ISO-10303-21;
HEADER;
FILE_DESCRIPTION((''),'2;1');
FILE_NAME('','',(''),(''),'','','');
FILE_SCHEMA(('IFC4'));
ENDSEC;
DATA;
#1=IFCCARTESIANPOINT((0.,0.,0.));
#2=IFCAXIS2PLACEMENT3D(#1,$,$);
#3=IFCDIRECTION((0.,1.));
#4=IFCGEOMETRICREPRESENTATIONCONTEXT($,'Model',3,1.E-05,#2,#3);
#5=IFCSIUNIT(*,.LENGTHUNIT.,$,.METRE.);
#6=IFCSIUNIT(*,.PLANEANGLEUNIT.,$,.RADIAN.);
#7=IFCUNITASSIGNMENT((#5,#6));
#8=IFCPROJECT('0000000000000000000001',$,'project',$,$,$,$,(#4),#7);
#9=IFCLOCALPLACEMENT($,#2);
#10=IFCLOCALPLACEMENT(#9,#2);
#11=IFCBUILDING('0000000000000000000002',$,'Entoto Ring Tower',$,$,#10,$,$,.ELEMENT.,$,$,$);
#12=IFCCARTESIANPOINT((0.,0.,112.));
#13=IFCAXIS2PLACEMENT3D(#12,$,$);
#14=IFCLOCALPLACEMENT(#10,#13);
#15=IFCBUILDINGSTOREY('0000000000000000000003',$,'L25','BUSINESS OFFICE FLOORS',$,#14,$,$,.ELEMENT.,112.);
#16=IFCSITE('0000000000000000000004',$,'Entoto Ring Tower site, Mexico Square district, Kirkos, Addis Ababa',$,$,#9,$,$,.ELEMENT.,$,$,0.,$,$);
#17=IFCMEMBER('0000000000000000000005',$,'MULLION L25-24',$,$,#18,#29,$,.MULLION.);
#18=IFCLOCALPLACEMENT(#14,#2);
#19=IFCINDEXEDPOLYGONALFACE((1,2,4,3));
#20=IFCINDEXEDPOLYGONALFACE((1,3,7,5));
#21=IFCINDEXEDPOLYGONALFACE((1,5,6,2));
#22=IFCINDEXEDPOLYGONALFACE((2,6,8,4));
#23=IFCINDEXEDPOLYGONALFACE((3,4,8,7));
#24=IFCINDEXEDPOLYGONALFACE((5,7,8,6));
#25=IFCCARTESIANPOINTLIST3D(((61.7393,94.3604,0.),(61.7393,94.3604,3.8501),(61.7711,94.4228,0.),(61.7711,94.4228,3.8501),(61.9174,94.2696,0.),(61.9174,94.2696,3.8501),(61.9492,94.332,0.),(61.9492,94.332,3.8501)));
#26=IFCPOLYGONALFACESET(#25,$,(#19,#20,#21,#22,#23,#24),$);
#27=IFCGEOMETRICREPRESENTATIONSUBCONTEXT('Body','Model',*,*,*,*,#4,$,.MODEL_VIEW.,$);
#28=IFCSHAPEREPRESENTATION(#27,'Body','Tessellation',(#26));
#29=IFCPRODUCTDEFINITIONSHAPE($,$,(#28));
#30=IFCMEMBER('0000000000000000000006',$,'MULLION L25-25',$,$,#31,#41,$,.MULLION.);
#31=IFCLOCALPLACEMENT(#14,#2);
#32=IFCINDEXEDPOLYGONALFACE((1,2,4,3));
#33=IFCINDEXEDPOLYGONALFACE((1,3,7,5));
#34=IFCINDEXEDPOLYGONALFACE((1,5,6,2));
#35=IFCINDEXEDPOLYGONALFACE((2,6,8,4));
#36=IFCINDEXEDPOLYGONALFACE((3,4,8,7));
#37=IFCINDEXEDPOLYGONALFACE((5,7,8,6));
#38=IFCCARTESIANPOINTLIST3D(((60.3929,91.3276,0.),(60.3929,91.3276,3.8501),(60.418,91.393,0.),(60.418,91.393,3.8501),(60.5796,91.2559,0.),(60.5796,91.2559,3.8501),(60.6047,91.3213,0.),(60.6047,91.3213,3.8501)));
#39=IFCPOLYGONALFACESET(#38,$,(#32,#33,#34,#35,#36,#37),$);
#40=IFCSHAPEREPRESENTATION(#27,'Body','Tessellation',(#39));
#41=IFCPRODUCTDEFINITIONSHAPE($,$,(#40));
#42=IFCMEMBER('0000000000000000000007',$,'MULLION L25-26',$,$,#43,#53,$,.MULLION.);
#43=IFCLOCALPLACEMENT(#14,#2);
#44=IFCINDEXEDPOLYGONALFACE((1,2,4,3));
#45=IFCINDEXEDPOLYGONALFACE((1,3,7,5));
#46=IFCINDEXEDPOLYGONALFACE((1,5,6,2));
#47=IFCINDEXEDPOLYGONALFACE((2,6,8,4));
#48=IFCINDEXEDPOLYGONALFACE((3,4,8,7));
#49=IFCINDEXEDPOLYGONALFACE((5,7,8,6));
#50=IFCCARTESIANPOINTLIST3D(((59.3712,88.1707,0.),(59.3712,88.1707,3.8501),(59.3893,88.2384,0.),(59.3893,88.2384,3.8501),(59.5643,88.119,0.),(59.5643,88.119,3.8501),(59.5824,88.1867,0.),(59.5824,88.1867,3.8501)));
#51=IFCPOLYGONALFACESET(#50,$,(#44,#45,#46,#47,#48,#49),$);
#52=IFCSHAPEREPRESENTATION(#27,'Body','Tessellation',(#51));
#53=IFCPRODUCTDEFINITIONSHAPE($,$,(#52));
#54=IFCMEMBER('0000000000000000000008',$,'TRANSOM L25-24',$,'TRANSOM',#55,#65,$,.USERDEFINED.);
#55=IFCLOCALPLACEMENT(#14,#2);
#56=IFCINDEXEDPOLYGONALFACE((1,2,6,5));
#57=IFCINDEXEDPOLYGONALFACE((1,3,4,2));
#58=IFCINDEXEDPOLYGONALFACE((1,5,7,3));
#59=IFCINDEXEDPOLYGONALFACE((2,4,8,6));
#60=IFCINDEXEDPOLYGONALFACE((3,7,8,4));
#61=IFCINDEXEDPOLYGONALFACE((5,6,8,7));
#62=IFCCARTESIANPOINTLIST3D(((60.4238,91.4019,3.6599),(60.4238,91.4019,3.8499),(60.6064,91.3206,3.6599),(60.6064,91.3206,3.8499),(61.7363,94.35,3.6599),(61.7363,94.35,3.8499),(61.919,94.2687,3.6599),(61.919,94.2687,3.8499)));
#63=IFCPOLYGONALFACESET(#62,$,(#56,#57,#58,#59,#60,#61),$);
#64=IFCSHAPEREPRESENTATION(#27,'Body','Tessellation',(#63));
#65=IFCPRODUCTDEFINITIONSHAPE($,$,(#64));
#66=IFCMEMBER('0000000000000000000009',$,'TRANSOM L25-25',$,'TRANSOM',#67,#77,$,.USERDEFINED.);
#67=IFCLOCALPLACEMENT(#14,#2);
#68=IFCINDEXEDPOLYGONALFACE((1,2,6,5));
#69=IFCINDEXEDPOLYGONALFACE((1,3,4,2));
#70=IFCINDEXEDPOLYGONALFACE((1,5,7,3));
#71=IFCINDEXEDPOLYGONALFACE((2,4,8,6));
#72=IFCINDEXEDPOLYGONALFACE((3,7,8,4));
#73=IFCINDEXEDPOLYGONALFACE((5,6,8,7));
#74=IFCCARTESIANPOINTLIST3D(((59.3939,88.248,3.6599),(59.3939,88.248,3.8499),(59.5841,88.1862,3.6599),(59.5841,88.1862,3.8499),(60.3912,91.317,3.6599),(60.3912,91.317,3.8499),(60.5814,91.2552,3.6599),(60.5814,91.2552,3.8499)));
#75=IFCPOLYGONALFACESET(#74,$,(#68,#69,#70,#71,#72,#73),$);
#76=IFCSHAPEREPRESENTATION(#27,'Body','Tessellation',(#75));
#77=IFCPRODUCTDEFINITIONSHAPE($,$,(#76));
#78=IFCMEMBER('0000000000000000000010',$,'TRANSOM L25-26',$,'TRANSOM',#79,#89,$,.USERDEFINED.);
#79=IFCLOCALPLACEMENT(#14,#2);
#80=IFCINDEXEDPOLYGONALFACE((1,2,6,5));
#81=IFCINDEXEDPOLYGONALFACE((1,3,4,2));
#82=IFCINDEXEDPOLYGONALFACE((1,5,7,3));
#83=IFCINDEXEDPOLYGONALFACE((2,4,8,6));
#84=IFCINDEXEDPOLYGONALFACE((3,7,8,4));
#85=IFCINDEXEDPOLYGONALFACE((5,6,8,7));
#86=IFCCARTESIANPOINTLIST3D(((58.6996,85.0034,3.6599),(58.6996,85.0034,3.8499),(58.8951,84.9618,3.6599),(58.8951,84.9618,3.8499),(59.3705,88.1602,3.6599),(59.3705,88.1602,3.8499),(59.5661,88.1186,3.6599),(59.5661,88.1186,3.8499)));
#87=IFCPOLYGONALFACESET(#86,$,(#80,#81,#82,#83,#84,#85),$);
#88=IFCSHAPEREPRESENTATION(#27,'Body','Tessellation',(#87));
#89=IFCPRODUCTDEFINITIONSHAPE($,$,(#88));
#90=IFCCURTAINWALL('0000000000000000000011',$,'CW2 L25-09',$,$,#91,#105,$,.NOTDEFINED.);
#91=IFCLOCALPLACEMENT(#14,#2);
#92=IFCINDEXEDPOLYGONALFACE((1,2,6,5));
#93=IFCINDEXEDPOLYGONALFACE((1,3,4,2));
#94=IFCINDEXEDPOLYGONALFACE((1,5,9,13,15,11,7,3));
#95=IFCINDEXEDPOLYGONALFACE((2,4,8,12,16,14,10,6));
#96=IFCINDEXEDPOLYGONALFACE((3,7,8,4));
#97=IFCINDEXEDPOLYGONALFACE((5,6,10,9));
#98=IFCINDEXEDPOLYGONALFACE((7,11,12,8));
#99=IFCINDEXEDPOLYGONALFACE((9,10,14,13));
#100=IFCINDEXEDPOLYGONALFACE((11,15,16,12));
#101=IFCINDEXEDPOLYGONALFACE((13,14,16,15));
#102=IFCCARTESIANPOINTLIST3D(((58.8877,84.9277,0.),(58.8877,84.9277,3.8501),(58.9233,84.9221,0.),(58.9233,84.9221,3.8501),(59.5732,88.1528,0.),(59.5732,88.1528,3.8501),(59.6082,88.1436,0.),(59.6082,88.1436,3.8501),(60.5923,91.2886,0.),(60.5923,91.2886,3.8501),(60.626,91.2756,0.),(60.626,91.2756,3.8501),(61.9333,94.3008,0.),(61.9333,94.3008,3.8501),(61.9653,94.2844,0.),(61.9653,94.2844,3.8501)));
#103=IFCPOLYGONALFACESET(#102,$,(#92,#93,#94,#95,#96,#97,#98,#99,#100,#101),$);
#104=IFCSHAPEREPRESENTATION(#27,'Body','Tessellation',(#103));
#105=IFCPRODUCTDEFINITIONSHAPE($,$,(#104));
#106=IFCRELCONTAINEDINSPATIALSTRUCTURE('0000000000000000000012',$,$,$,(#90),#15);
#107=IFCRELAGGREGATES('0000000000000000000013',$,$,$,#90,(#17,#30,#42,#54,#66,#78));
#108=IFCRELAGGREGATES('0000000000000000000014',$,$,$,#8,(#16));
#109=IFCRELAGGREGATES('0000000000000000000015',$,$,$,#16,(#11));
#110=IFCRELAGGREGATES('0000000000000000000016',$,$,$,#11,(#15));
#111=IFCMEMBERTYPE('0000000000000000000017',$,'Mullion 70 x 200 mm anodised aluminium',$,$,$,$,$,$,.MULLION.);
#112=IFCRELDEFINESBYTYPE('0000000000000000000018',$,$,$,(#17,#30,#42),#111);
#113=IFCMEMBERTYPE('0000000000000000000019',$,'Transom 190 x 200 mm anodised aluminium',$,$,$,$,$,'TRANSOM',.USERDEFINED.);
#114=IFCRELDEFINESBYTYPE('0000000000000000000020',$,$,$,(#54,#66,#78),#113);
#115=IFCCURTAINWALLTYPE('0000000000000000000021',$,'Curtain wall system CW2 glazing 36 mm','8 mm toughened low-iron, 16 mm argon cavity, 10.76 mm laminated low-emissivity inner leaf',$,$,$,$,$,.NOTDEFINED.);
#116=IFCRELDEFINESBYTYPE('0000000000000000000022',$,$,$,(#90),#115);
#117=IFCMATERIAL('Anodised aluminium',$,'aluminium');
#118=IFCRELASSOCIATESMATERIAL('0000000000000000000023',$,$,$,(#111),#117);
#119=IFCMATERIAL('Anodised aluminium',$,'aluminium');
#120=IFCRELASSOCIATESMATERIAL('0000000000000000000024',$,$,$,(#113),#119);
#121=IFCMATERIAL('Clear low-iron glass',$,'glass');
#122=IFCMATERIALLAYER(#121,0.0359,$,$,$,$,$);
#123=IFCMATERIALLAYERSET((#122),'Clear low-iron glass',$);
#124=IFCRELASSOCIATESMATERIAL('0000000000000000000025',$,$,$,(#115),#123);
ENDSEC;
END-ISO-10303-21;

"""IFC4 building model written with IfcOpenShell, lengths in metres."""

from ifc_helpers import new_model, si_unit, direction, frame, origin, origin_2d, place, context, subcontext, project, spatial, polyline, rectangle, outline, extrude, material, layer, layer_set, material_profile, profile_set, type_object, element, aggregate, save


model = new_model("IFC4")

# Units and contexts
model_context = context("Model", 3, precision=1e-05, world=origin(), true_north=direction((0.0, 1.0)))
body_context = subcontext(model_context, "Body", "Model", "MODEL_VIEW")
ifc_project = project(units=[si_unit("LENGTHUNIT", "METRE"), si_unit("PLANEANGLEUNIT", "RADIAN")], contexts=[model_context])

# Members
ifc_material_1 = material(Name="Anodised aluminium", Category="aluminium")
ifc_material_profile_1 = material_profile(ifc_material_1, rectangle(XDim=0.0701, YDim=0.2, at=origin_2d()), Name="Mullion 70 x 200 mm anodised aluminium")
ifc_profile_set_1 = profile_set([ifc_material_profile_1], Name="Anodised aluminium")
member_type_1 = type_object("IfcMemberType", Name="Mullion 70 x 200 mm anodised aluminium", PredefinedType="MULLION", material=ifc_profile_set_1)
site_placement = place(None, origin())
building_placement = place(site_placement, origin())
storey_placement = place(building_placement, frame((0.0, 0.0, 112.0)))
member_1_placement = place(storey_placement, frame((61.8442, 94.3462, 0.0), z_axis=(0.0, 0.0, 1.0), x_axis=(-0.45399, -0.891007, 0.0)))
member_1 = element("IfcMember", 1, at=member_1_placement, type_object=member_type_1, Name="MULLION L25-24", PredefinedType="MULLION", context=body_context, shape_type="SweptSolid", body=[
    extrude(rectangle(XDim=0.0701, YDim=0.2, at=origin_2d()), origin(), (0.0, 0.0, 1.0), 3.8501),
])
member_2_placement = place(storey_placement, frame((60.4988, 91.3245, 0.0), z_axis=(0.0, 0.0, 1.0), x_axis=(-0.358368, -0.93358, 0.0)))
member_2 = element("IfcMember", 2, at=member_2_placement, type_object=member_type_1, Name="MULLION L25-25", PredefinedType="MULLION", context=body_context, shape_type="SweptSolid", body=[
    extrude(rectangle(XDim=0.0701, YDim=0.2, at=origin_2d()), origin(), (0.0, 0.0, 1.0), 3.8501),
])
member_3_placement = place(storey_placement, frame((59.4768, 88.1787, 0.0), z_axis=(0.0, 0.0, 1.0), x_axis=(-0.258819, -0.965926, 0.0)))
member_3 = element("IfcMember", 3, at=member_3_placement, type_object=member_type_1, Name="MULLION L25-26", PredefinedType="MULLION", context=body_context, shape_type="SweptSolid", body=[
    extrude(rectangle(XDim=0.0701, YDim=0.2, at=origin_2d()), origin(), (0.0, 0.0, 1.0), 3.8501),
])
ifc_material_2 = material(Name="Anodised aluminium", Category="aluminium")
ifc_material_profile_2 = material_profile(ifc_material_2, rectangle(XDim=0.2, YDim=0.1899, at=origin_2d()), Name="Transom 190 x 200 mm anodised aluminium")
ifc_profile_set_2 = profile_set([ifc_material_profile_2], Name="Anodised aluminium")
member_type_2 = type_object("IfcMemberType", Name="Transom 190 x 200 mm anodised aluminium", ElementType="TRANSOM", PredefinedType="USERDEFINED", material=ifc_profile_set_2)
member_4_placement = place(storey_placement, frame((61.8276, 94.3093, 3.7549), z_axis=(-0.406728, -0.913549, 0.0), x_axis=(0.913549, -0.406728, 0.0)))
member_4 = element("IfcMember", 4, at=member_4_placement, type_object=member_type_2, Name="TRANSOM L25-24", ObjectType="TRANSOM", PredefinedType="USERDEFINED", context=body_context, shape_type="SweptSolid", body=[
    extrude(rectangle(XDim=0.2, YDim=0.1899, at=origin_2d()), origin(), (0.0, 0.0, 1.0), 3.2271),
])
member_5_placement = place(storey_placement, frame((60.4863, 91.2861, 3.7549), z_axis=(-0.309047, -0.951047, 0.0), x_axis=(0.951047, -0.309047, 0.0)))
member_5 = element("IfcMember", 5, at=member_5_placement, type_object=member_type_2, Name="TRANSOM L25-25", ObjectType="TRANSOM", PredefinedType="USERDEFINED", context=body_context, shape_type="SweptSolid", body=[
    extrude(rectangle(XDim=0.2, YDim=0.1899, at=origin_2d()), origin(), (0.0, 0.0, 1.0), 3.2271),
])
member_6_placement = place(storey_placement, frame((59.4683, 88.1394, 3.7549), z_axis=(-0.207886, -0.978153, 0.0), x_axis=(0.978153, -0.207886, 0.0)))
member_6 = element("IfcMember", 6, at=member_6_placement, type_object=member_type_2, Name="TRANSOM L25-26", ObjectType="TRANSOM", PredefinedType="USERDEFINED", context=body_context, shape_type="SweptSolid", body=[
    extrude(rectangle(XDim=0.2, YDim=0.1899, at=origin_2d()), origin(), (0.0, 0.0, 1.0), 3.2273),
])

# Site, building, storey
site = spatial("IfcSite", under=ifc_project, at=site_placement, Name="Entoto Ring Tower site, Mexico Square district, Kirkos, Addis Ababa", CompositionType="ELEMENT", RefElevation=0.0)
building = spatial("IfcBuilding", under=site, at=building_placement, Name="Entoto Ring Tower", CompositionType="ELEMENT")
storey = spatial("IfcBuildingStorey", under=building, at=storey_placement, Name="L25", Description="BUSINESS OFFICE FLOORS", CompositionType="ELEMENT", Elevation=112.0)

# Curtain wall
ifc_material_3 = material(Name="Clear low-iron glass", Category="glass")
ifc_layer = layer(ifc_material_3, 0.0359)
ifc_layer_set = layer_set([ifc_layer], Name="Clear low-iron glass")
curtain_wall_type = type_object("IfcCurtainWallType", Name="Curtain wall system CW2 glazing 36 mm", Description="8 mm toughened low-iron, 16 mm argon cavity, 10.76 mm laminated low-emissivity inner leaf", PredefinedType="NOTDEFINED", material=ifc_layer_set)
curtain_wall_1_placement = place(storey_placement, origin())
curtain_wall_1 = element("IfcCurtainWall", 7, at=curtain_wall_1_placement, inside=storey, type_object=curtain_wall_type, Name="CW2 L25-09", PredefinedType="NOTDEFINED", context=body_context, shape_type="SweptSolid", body=[
    extrude(outline(polyline([(61.9333, 94.3008), (60.5923, 91.2886), (59.5732, 88.1528), (58.8877, 84.9277), (58.9233, 84.9221), (59.6082, 88.1436), (60.626, 91.2756), (61.9653, 94.2844), (61.9333, 94.3008)])), origin(), (0.0, 0.0, 1.0), 3.8501),
])
aggregate(curtain_wall_1, [member_1, member_2, member_3, member_4, member_5, member_6])

save(model, "model.ifc")
